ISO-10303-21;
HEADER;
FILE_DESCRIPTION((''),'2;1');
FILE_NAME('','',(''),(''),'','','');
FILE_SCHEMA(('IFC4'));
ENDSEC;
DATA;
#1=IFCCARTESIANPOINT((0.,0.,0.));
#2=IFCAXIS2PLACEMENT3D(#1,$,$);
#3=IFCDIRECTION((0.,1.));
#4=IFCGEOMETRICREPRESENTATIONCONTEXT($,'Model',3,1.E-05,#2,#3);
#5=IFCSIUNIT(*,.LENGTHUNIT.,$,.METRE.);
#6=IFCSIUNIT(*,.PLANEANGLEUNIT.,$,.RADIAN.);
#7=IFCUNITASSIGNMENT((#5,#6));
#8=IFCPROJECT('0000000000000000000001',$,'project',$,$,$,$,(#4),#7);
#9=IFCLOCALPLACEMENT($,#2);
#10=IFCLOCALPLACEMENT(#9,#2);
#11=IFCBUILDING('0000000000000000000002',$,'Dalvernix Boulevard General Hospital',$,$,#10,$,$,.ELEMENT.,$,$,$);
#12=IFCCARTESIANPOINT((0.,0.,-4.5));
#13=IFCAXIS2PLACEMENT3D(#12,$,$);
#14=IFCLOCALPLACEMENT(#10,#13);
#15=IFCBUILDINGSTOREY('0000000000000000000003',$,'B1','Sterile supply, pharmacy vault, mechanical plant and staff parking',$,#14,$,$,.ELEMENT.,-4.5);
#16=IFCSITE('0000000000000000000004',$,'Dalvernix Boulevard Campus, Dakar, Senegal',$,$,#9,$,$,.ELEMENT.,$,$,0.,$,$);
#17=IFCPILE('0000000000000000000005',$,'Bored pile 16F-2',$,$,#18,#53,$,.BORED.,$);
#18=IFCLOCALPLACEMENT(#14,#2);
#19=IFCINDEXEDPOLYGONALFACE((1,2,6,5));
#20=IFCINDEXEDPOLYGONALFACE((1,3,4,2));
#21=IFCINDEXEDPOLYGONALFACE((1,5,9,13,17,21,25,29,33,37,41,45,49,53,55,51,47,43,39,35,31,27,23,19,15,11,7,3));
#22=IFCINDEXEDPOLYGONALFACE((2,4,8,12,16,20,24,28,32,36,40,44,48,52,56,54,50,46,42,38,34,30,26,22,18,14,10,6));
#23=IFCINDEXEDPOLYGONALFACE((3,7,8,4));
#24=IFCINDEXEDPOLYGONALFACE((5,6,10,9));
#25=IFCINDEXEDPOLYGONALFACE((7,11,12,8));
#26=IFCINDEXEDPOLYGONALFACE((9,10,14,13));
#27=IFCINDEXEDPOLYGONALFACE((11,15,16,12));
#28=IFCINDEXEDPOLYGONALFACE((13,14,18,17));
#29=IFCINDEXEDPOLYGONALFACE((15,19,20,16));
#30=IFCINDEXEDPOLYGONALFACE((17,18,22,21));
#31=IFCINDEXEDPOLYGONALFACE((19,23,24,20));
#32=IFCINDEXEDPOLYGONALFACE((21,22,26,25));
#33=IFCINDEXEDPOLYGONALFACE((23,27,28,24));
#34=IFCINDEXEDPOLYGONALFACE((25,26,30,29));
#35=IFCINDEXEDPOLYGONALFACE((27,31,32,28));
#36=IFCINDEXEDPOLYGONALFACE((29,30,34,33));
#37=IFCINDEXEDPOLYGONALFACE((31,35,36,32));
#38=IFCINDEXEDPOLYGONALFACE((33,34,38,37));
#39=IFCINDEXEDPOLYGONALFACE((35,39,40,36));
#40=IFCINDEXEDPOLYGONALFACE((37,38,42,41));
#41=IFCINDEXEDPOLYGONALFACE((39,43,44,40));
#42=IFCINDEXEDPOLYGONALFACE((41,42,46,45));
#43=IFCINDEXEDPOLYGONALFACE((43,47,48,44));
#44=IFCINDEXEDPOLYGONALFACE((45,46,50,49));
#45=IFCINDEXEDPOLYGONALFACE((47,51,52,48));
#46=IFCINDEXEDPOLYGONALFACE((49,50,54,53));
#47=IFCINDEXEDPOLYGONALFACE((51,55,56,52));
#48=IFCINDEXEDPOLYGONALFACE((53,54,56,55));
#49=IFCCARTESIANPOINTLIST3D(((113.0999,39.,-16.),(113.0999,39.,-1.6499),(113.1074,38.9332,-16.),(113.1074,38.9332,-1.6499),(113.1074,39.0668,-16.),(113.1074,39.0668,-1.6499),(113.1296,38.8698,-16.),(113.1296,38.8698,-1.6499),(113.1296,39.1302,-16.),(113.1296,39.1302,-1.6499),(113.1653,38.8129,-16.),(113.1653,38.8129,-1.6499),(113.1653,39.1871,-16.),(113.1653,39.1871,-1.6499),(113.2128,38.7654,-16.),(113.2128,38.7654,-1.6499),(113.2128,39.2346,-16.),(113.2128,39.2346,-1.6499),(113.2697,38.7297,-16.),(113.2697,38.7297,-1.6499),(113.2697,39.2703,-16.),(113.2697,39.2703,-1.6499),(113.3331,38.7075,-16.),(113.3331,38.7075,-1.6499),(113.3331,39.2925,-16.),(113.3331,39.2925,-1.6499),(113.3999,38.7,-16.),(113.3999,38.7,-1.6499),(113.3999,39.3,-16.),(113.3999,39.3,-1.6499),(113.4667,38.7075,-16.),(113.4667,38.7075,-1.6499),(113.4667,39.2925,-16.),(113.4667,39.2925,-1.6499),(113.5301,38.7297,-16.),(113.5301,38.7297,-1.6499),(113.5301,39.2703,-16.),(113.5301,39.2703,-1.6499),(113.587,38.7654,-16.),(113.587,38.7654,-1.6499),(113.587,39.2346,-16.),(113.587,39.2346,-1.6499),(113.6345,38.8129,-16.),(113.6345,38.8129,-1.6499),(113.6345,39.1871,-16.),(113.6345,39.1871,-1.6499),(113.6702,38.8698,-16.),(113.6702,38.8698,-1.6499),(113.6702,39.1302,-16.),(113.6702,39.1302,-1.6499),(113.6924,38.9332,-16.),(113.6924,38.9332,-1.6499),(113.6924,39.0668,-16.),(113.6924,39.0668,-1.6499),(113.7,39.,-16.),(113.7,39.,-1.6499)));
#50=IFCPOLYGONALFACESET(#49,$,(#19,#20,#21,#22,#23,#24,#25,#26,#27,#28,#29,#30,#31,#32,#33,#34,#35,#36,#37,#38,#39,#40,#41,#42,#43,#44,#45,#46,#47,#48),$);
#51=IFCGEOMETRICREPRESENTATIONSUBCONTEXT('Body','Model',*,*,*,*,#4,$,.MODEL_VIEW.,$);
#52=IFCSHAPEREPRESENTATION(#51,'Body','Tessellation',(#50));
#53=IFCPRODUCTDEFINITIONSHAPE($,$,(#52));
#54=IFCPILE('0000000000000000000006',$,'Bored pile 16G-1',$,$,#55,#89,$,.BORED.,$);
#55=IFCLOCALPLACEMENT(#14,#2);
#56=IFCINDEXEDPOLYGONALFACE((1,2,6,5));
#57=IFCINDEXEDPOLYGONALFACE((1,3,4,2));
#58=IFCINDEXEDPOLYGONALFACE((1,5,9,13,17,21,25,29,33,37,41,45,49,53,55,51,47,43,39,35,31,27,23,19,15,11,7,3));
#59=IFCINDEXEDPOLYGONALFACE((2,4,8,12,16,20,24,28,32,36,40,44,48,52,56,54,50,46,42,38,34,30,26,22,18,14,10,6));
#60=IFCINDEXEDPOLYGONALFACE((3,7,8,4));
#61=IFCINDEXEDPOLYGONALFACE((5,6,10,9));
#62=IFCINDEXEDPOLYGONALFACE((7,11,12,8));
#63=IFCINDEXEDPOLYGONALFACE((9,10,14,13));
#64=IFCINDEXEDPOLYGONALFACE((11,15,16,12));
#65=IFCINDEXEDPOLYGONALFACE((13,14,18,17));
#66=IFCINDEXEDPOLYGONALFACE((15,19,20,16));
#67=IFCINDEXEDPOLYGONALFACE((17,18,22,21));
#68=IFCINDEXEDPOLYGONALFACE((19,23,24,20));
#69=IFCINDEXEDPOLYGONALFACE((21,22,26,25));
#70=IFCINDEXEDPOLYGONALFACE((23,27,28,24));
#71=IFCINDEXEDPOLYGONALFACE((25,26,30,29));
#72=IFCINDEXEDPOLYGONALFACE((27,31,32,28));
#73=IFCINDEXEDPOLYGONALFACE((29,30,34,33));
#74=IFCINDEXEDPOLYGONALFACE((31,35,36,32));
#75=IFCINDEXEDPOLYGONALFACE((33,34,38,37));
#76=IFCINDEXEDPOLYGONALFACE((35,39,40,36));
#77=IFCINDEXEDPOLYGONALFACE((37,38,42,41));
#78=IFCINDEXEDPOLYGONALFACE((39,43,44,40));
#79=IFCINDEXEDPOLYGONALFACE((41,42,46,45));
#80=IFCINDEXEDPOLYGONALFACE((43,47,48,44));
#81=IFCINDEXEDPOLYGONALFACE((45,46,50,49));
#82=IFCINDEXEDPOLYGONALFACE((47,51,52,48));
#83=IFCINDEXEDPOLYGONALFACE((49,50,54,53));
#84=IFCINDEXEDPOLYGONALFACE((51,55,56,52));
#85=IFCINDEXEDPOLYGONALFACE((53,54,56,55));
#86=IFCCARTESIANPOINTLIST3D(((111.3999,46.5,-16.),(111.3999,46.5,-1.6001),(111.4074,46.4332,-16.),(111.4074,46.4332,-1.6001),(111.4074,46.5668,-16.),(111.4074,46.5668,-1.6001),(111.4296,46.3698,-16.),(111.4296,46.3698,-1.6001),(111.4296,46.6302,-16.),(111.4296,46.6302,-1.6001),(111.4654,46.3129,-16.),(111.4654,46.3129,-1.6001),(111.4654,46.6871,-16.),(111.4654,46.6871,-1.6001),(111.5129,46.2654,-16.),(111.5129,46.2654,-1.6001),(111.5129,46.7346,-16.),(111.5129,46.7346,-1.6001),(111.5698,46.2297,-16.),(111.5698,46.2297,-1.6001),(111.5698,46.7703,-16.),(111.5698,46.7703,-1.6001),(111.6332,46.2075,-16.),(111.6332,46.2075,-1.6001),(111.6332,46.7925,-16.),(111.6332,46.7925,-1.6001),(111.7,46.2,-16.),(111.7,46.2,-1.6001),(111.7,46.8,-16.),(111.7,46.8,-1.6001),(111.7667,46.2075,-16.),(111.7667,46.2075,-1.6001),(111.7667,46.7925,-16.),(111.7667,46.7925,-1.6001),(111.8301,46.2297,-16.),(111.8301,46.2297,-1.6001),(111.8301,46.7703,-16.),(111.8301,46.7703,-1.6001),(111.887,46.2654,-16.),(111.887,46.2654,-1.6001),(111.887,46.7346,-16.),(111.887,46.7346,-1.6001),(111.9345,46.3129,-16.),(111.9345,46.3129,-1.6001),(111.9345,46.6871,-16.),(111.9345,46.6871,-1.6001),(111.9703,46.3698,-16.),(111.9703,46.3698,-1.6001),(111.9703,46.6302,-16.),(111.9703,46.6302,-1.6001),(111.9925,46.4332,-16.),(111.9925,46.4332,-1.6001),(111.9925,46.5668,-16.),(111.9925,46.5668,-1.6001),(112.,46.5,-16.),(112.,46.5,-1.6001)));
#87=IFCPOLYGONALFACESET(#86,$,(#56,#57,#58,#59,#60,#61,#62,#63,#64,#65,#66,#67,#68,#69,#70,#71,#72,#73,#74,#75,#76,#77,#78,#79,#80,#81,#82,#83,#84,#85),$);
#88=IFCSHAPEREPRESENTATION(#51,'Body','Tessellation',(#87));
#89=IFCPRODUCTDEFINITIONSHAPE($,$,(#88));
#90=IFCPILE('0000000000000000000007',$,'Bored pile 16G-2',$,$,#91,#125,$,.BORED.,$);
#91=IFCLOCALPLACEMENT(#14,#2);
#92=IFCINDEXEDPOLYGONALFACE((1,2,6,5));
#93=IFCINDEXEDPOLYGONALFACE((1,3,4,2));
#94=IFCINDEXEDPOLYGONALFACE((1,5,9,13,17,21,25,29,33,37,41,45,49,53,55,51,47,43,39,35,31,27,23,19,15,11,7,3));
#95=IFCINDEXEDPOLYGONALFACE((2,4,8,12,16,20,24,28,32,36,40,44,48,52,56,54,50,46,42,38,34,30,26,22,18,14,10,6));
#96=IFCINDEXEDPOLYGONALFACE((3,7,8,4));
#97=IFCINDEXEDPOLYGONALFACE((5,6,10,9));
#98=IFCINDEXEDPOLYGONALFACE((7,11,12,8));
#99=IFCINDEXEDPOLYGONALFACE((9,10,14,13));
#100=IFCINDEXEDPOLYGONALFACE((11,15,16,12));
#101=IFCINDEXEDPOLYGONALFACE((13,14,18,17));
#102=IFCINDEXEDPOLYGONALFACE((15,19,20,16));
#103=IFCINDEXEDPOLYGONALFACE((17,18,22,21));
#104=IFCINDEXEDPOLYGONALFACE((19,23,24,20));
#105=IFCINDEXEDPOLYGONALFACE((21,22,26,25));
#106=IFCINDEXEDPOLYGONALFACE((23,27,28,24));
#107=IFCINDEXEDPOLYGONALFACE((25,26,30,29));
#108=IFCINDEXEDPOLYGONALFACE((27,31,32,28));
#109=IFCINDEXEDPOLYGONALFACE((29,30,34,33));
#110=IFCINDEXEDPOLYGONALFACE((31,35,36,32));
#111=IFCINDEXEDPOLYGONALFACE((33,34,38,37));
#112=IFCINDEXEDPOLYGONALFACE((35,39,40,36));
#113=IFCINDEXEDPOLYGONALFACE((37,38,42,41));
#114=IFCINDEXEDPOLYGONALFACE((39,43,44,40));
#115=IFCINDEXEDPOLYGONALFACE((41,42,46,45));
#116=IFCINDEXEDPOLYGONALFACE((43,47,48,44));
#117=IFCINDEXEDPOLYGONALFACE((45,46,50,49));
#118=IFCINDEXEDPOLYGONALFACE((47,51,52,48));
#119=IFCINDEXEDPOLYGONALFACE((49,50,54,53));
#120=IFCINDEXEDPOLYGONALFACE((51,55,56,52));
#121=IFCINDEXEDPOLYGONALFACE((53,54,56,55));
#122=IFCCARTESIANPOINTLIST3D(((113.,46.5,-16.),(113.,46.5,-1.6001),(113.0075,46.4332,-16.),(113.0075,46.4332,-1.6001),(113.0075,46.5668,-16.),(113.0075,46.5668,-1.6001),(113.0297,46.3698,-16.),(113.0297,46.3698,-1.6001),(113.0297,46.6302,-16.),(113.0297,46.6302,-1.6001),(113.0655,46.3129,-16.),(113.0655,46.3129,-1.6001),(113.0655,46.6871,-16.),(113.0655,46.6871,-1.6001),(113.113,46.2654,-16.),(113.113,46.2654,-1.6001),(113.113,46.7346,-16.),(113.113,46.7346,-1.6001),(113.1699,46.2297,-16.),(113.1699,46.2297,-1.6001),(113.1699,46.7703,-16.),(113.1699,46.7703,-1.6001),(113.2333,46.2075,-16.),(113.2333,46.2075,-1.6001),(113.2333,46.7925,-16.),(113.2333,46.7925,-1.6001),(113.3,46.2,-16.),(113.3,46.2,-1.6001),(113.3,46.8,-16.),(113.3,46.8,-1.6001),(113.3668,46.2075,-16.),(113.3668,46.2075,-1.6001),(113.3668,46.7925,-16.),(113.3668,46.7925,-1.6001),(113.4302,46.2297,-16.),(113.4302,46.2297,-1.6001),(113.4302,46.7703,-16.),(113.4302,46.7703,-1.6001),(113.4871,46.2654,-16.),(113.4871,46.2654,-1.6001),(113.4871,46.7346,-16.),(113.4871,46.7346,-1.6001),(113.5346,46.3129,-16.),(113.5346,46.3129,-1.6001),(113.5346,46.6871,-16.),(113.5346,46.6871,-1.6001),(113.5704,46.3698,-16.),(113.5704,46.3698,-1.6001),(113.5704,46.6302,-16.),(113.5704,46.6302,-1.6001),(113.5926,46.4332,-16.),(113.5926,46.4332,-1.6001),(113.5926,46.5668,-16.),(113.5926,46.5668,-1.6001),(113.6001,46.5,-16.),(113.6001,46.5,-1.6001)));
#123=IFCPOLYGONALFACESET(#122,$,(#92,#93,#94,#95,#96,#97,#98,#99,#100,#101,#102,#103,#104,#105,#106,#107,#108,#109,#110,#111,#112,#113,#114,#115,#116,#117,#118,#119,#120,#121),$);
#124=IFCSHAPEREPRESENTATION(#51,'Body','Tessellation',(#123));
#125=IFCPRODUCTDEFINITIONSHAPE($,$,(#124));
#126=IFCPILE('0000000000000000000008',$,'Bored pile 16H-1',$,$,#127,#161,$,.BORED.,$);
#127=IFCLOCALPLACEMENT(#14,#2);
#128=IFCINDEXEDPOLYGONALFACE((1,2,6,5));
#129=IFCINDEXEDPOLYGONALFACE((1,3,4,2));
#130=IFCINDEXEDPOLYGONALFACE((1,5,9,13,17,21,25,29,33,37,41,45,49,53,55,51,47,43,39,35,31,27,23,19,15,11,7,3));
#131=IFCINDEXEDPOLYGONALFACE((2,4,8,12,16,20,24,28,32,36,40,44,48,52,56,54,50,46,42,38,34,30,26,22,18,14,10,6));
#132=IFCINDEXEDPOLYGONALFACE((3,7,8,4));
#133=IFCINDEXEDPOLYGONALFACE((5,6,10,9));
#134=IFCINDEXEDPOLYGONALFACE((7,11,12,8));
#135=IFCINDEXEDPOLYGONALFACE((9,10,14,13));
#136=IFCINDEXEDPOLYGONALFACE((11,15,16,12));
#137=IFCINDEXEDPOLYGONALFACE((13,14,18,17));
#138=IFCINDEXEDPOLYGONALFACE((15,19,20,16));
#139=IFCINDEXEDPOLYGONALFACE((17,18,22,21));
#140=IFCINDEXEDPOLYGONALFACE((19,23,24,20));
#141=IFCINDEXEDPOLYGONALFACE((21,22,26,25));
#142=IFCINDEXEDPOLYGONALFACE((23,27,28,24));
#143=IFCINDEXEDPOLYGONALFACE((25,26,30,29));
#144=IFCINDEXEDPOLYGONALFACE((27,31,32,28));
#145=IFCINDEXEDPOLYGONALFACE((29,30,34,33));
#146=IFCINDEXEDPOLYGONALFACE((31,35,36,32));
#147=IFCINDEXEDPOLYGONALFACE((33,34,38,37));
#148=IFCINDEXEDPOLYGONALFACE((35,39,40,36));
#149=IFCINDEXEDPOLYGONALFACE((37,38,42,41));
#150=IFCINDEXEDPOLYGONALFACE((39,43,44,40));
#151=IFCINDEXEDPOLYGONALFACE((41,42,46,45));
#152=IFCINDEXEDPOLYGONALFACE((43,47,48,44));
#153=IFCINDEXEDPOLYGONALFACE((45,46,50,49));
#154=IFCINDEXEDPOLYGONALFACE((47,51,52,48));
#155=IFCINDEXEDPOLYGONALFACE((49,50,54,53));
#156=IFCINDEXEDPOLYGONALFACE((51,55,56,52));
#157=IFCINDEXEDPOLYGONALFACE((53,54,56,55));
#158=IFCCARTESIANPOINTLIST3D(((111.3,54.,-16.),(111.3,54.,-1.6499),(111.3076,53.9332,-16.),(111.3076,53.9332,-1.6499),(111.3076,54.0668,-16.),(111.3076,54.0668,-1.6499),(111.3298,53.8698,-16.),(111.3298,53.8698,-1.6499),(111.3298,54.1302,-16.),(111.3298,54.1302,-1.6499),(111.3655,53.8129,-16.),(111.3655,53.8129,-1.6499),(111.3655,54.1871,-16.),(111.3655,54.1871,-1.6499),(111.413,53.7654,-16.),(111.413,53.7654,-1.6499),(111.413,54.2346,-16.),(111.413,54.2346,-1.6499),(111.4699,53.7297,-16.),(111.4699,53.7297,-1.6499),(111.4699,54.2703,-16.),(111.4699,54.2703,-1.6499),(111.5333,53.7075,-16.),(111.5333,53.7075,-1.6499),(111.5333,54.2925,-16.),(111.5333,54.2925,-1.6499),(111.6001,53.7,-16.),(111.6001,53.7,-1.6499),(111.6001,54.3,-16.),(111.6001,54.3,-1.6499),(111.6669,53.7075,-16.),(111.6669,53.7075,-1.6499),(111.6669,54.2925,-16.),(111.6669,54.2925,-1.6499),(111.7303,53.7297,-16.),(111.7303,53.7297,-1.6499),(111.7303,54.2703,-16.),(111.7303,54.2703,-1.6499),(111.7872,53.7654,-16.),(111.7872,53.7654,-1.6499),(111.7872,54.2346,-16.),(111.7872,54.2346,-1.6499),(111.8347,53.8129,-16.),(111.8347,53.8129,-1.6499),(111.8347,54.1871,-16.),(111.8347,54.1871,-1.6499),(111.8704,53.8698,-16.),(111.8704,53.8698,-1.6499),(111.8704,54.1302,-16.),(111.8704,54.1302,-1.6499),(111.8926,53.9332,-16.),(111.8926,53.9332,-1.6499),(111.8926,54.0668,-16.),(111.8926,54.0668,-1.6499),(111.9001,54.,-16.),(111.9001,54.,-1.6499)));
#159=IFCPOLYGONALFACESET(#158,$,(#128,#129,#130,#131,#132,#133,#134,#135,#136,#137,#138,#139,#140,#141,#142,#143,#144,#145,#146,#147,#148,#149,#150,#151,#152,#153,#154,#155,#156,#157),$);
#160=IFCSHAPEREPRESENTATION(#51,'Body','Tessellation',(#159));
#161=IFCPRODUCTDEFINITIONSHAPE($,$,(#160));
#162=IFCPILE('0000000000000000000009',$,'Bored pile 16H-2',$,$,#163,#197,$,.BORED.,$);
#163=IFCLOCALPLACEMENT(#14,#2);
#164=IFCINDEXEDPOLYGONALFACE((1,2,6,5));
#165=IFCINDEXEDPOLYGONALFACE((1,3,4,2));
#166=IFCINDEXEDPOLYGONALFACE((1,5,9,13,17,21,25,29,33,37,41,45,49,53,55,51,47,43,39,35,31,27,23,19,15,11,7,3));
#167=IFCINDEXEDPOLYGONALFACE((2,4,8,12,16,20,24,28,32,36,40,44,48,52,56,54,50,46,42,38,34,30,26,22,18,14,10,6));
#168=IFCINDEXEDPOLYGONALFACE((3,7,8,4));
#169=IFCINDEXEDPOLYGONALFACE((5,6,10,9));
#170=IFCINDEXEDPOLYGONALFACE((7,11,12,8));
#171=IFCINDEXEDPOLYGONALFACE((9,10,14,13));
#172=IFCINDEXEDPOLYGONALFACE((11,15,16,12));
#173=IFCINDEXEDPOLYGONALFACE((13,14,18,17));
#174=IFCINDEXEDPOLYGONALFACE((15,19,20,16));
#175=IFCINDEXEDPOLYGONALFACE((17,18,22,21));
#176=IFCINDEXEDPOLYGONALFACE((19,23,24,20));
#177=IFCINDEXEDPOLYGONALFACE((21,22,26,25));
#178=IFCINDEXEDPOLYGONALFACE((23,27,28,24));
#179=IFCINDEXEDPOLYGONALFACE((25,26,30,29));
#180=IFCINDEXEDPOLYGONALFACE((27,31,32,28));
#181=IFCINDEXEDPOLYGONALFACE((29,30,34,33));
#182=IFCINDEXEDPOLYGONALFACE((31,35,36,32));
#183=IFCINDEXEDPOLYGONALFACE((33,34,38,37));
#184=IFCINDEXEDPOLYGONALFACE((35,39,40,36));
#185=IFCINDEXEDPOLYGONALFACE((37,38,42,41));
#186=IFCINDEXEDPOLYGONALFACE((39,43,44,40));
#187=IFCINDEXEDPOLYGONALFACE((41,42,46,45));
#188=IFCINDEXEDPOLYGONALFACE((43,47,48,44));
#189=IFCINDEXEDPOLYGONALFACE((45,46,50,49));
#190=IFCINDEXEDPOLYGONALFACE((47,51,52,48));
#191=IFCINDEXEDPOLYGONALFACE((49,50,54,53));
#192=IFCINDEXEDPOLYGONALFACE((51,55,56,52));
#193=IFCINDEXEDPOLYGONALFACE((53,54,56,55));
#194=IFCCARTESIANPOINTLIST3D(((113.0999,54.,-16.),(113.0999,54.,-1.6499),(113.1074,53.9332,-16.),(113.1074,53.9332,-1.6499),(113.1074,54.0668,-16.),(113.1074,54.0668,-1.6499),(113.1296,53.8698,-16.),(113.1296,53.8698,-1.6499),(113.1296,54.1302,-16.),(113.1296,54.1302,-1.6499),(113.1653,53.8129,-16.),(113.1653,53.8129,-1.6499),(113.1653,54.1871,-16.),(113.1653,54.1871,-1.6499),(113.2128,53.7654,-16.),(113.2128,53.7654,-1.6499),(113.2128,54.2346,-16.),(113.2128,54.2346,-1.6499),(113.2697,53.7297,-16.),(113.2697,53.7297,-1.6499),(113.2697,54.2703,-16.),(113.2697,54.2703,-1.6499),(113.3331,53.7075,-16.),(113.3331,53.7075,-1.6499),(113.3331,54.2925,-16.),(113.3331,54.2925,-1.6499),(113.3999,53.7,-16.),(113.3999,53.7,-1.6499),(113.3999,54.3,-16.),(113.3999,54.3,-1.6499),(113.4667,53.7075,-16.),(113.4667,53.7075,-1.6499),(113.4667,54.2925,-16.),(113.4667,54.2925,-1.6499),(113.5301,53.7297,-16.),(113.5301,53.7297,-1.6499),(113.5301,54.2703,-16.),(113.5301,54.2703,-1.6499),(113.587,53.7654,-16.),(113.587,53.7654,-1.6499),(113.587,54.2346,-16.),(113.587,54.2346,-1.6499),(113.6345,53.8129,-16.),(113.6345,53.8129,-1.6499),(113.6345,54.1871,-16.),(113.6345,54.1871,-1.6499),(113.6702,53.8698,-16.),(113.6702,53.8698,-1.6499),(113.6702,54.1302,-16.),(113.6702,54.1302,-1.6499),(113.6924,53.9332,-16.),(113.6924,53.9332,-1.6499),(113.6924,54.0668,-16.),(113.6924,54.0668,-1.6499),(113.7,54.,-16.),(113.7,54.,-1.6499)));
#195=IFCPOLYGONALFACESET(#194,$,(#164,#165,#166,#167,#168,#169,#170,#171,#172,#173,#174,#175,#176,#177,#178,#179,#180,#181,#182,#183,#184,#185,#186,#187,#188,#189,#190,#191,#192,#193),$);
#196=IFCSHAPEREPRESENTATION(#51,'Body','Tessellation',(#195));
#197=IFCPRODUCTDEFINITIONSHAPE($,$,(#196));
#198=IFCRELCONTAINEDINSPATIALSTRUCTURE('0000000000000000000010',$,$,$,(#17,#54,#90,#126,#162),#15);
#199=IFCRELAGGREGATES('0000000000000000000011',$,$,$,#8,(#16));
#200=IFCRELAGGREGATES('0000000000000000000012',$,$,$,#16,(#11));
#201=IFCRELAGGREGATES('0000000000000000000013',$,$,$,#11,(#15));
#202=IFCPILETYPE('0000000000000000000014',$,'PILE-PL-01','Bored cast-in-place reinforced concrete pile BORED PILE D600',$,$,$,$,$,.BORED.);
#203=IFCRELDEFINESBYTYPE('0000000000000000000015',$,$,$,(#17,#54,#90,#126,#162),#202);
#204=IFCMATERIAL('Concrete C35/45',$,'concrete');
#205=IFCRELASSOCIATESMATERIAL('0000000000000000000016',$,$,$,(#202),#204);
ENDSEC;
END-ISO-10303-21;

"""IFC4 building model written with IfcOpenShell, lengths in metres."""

from ifc_helpers import new_model, si_unit, direction, frame, origin, origin_2d, place, context, subcontext, project, spatial, circle, extrude, material, material_profile, profile_set, type_object, element, save


model = new_model("IFC4")

# Units and contexts
model_context = context("Model", 3, precision=1e-05, world=origin(), true_north=direction((0.0, 1.0)))
body_context = subcontext(model_context, "Body", "Model", "MODEL_VIEW")
ifc_project = project(units=[si_unit("LENGTHUNIT", "METRE"), si_unit("PLANEANGLEUNIT", "RADIAN")], contexts=[model_context])

# Site, building, storey
site_placement = place(None, origin())
site = spatial("IfcSite", under=ifc_project, at=site_placement, Name="Dalvernix Boulevard Campus, Dakar, Senegal", CompositionType="ELEMENT", RefElevation=0.0)
building_placement = place(site_placement, origin())
building = spatial("IfcBuilding", under=site, at=building_placement, Name="Dalvernix Boulevard General Hospital", CompositionType="ELEMENT")
storey_placement = place(building_placement, frame((0.0, 0.0, -4.5)))
storey = spatial("IfcBuildingStorey", under=building, at=storey_placement, Name="B1", Description="Sterile supply, pharmacy vault, mechanical plant and staff parking", CompositionType="ELEMENT", Elevation=-4.5)

# Shared definitions
ifc_material_1 = material(Name="Concrete C35/45", Category="concrete")

# Piles
ifc_material_profile_1 = material_profile(ifc_material_1, circle(Radius=0.3, at=origin_2d()), Name="BORED PILE D600")
ifc_profile_set_1 = profile_set([ifc_material_profile_1], Name="Concrete C35/45")
pile_type = type_object("IfcPileType", Name="PILE-PL-01", Description="Bored cast-in-place reinforced concrete pile BORED PILE D600", PredefinedType="BORED", material=ifc_profile_set_1)
for number, where, z_axis, x_axis, name in (
    (1, (113.3999, 39.0, -1.6499), (0.0, 0.0, -1.0), (1.0, 0.0, 0.0), "Bored pile 16F-2"),
):
    element("IfcPile", number, at=place(storey_placement, frame(where, z_axis=z_axis, x_axis=x_axis)), inside=storey, type_object=pile_type, Name=name, PredefinedType="BORED", context=body_context, shape_type="SweptSolid", body=[
        extrude(circle(Radius=0.3, at=origin_2d()), origin(), (0.0, 0.0, 1.0), 14.3501),
    ])
for number, where, z_axis, x_axis, name in (
    (2, (111.7, 46.5, -1.6001), (0.0, 0.0, -1.0), (1.0, 0.0, 0.0), "Bored pile 16G-1"),
    (3, (113.3, 46.5, -1.6001), (0.0, 0.0, -1.0), (1.0, 0.0, 0.0), "Bored pile 16G-2"),
):
    element("IfcPile", number, at=place(storey_placement, frame(where, z_axis=z_axis, x_axis=x_axis)), inside=storey, type_object=pile_type, Name=name, PredefinedType="BORED", context=body_context, shape_type="SweptSolid", body=[
        extrude(circle(Radius=0.3, at=origin_2d()), origin(), (0.0, 0.0, 1.0), 14.3999),
    ])
for number, where, z_axis, x_axis, name in (
    (4, (111.6001, 54.0, -1.6499), (0.0, 0.0, -1.0), (1.0, 0.0, 0.0), "Bored pile 16H-1"),
    (5, (113.3999, 54.0, -1.6499), (0.0, 0.0, -1.0), (1.0, 0.0, 0.0), "Bored pile 16H-2"),
):
    element("IfcPile", number, at=place(storey_placement, frame(where, z_axis=z_axis, x_axis=x_axis)), inside=storey, type_object=pile_type, Name=name, PredefinedType="BORED", context=body_context, shape_type="SweptSolid", body=[
        extrude(circle(Radius=0.3, at=origin_2d()), origin(), (0.0, 0.0, 1.0), 14.3501),
    ])

save(model, "model.ifc")
